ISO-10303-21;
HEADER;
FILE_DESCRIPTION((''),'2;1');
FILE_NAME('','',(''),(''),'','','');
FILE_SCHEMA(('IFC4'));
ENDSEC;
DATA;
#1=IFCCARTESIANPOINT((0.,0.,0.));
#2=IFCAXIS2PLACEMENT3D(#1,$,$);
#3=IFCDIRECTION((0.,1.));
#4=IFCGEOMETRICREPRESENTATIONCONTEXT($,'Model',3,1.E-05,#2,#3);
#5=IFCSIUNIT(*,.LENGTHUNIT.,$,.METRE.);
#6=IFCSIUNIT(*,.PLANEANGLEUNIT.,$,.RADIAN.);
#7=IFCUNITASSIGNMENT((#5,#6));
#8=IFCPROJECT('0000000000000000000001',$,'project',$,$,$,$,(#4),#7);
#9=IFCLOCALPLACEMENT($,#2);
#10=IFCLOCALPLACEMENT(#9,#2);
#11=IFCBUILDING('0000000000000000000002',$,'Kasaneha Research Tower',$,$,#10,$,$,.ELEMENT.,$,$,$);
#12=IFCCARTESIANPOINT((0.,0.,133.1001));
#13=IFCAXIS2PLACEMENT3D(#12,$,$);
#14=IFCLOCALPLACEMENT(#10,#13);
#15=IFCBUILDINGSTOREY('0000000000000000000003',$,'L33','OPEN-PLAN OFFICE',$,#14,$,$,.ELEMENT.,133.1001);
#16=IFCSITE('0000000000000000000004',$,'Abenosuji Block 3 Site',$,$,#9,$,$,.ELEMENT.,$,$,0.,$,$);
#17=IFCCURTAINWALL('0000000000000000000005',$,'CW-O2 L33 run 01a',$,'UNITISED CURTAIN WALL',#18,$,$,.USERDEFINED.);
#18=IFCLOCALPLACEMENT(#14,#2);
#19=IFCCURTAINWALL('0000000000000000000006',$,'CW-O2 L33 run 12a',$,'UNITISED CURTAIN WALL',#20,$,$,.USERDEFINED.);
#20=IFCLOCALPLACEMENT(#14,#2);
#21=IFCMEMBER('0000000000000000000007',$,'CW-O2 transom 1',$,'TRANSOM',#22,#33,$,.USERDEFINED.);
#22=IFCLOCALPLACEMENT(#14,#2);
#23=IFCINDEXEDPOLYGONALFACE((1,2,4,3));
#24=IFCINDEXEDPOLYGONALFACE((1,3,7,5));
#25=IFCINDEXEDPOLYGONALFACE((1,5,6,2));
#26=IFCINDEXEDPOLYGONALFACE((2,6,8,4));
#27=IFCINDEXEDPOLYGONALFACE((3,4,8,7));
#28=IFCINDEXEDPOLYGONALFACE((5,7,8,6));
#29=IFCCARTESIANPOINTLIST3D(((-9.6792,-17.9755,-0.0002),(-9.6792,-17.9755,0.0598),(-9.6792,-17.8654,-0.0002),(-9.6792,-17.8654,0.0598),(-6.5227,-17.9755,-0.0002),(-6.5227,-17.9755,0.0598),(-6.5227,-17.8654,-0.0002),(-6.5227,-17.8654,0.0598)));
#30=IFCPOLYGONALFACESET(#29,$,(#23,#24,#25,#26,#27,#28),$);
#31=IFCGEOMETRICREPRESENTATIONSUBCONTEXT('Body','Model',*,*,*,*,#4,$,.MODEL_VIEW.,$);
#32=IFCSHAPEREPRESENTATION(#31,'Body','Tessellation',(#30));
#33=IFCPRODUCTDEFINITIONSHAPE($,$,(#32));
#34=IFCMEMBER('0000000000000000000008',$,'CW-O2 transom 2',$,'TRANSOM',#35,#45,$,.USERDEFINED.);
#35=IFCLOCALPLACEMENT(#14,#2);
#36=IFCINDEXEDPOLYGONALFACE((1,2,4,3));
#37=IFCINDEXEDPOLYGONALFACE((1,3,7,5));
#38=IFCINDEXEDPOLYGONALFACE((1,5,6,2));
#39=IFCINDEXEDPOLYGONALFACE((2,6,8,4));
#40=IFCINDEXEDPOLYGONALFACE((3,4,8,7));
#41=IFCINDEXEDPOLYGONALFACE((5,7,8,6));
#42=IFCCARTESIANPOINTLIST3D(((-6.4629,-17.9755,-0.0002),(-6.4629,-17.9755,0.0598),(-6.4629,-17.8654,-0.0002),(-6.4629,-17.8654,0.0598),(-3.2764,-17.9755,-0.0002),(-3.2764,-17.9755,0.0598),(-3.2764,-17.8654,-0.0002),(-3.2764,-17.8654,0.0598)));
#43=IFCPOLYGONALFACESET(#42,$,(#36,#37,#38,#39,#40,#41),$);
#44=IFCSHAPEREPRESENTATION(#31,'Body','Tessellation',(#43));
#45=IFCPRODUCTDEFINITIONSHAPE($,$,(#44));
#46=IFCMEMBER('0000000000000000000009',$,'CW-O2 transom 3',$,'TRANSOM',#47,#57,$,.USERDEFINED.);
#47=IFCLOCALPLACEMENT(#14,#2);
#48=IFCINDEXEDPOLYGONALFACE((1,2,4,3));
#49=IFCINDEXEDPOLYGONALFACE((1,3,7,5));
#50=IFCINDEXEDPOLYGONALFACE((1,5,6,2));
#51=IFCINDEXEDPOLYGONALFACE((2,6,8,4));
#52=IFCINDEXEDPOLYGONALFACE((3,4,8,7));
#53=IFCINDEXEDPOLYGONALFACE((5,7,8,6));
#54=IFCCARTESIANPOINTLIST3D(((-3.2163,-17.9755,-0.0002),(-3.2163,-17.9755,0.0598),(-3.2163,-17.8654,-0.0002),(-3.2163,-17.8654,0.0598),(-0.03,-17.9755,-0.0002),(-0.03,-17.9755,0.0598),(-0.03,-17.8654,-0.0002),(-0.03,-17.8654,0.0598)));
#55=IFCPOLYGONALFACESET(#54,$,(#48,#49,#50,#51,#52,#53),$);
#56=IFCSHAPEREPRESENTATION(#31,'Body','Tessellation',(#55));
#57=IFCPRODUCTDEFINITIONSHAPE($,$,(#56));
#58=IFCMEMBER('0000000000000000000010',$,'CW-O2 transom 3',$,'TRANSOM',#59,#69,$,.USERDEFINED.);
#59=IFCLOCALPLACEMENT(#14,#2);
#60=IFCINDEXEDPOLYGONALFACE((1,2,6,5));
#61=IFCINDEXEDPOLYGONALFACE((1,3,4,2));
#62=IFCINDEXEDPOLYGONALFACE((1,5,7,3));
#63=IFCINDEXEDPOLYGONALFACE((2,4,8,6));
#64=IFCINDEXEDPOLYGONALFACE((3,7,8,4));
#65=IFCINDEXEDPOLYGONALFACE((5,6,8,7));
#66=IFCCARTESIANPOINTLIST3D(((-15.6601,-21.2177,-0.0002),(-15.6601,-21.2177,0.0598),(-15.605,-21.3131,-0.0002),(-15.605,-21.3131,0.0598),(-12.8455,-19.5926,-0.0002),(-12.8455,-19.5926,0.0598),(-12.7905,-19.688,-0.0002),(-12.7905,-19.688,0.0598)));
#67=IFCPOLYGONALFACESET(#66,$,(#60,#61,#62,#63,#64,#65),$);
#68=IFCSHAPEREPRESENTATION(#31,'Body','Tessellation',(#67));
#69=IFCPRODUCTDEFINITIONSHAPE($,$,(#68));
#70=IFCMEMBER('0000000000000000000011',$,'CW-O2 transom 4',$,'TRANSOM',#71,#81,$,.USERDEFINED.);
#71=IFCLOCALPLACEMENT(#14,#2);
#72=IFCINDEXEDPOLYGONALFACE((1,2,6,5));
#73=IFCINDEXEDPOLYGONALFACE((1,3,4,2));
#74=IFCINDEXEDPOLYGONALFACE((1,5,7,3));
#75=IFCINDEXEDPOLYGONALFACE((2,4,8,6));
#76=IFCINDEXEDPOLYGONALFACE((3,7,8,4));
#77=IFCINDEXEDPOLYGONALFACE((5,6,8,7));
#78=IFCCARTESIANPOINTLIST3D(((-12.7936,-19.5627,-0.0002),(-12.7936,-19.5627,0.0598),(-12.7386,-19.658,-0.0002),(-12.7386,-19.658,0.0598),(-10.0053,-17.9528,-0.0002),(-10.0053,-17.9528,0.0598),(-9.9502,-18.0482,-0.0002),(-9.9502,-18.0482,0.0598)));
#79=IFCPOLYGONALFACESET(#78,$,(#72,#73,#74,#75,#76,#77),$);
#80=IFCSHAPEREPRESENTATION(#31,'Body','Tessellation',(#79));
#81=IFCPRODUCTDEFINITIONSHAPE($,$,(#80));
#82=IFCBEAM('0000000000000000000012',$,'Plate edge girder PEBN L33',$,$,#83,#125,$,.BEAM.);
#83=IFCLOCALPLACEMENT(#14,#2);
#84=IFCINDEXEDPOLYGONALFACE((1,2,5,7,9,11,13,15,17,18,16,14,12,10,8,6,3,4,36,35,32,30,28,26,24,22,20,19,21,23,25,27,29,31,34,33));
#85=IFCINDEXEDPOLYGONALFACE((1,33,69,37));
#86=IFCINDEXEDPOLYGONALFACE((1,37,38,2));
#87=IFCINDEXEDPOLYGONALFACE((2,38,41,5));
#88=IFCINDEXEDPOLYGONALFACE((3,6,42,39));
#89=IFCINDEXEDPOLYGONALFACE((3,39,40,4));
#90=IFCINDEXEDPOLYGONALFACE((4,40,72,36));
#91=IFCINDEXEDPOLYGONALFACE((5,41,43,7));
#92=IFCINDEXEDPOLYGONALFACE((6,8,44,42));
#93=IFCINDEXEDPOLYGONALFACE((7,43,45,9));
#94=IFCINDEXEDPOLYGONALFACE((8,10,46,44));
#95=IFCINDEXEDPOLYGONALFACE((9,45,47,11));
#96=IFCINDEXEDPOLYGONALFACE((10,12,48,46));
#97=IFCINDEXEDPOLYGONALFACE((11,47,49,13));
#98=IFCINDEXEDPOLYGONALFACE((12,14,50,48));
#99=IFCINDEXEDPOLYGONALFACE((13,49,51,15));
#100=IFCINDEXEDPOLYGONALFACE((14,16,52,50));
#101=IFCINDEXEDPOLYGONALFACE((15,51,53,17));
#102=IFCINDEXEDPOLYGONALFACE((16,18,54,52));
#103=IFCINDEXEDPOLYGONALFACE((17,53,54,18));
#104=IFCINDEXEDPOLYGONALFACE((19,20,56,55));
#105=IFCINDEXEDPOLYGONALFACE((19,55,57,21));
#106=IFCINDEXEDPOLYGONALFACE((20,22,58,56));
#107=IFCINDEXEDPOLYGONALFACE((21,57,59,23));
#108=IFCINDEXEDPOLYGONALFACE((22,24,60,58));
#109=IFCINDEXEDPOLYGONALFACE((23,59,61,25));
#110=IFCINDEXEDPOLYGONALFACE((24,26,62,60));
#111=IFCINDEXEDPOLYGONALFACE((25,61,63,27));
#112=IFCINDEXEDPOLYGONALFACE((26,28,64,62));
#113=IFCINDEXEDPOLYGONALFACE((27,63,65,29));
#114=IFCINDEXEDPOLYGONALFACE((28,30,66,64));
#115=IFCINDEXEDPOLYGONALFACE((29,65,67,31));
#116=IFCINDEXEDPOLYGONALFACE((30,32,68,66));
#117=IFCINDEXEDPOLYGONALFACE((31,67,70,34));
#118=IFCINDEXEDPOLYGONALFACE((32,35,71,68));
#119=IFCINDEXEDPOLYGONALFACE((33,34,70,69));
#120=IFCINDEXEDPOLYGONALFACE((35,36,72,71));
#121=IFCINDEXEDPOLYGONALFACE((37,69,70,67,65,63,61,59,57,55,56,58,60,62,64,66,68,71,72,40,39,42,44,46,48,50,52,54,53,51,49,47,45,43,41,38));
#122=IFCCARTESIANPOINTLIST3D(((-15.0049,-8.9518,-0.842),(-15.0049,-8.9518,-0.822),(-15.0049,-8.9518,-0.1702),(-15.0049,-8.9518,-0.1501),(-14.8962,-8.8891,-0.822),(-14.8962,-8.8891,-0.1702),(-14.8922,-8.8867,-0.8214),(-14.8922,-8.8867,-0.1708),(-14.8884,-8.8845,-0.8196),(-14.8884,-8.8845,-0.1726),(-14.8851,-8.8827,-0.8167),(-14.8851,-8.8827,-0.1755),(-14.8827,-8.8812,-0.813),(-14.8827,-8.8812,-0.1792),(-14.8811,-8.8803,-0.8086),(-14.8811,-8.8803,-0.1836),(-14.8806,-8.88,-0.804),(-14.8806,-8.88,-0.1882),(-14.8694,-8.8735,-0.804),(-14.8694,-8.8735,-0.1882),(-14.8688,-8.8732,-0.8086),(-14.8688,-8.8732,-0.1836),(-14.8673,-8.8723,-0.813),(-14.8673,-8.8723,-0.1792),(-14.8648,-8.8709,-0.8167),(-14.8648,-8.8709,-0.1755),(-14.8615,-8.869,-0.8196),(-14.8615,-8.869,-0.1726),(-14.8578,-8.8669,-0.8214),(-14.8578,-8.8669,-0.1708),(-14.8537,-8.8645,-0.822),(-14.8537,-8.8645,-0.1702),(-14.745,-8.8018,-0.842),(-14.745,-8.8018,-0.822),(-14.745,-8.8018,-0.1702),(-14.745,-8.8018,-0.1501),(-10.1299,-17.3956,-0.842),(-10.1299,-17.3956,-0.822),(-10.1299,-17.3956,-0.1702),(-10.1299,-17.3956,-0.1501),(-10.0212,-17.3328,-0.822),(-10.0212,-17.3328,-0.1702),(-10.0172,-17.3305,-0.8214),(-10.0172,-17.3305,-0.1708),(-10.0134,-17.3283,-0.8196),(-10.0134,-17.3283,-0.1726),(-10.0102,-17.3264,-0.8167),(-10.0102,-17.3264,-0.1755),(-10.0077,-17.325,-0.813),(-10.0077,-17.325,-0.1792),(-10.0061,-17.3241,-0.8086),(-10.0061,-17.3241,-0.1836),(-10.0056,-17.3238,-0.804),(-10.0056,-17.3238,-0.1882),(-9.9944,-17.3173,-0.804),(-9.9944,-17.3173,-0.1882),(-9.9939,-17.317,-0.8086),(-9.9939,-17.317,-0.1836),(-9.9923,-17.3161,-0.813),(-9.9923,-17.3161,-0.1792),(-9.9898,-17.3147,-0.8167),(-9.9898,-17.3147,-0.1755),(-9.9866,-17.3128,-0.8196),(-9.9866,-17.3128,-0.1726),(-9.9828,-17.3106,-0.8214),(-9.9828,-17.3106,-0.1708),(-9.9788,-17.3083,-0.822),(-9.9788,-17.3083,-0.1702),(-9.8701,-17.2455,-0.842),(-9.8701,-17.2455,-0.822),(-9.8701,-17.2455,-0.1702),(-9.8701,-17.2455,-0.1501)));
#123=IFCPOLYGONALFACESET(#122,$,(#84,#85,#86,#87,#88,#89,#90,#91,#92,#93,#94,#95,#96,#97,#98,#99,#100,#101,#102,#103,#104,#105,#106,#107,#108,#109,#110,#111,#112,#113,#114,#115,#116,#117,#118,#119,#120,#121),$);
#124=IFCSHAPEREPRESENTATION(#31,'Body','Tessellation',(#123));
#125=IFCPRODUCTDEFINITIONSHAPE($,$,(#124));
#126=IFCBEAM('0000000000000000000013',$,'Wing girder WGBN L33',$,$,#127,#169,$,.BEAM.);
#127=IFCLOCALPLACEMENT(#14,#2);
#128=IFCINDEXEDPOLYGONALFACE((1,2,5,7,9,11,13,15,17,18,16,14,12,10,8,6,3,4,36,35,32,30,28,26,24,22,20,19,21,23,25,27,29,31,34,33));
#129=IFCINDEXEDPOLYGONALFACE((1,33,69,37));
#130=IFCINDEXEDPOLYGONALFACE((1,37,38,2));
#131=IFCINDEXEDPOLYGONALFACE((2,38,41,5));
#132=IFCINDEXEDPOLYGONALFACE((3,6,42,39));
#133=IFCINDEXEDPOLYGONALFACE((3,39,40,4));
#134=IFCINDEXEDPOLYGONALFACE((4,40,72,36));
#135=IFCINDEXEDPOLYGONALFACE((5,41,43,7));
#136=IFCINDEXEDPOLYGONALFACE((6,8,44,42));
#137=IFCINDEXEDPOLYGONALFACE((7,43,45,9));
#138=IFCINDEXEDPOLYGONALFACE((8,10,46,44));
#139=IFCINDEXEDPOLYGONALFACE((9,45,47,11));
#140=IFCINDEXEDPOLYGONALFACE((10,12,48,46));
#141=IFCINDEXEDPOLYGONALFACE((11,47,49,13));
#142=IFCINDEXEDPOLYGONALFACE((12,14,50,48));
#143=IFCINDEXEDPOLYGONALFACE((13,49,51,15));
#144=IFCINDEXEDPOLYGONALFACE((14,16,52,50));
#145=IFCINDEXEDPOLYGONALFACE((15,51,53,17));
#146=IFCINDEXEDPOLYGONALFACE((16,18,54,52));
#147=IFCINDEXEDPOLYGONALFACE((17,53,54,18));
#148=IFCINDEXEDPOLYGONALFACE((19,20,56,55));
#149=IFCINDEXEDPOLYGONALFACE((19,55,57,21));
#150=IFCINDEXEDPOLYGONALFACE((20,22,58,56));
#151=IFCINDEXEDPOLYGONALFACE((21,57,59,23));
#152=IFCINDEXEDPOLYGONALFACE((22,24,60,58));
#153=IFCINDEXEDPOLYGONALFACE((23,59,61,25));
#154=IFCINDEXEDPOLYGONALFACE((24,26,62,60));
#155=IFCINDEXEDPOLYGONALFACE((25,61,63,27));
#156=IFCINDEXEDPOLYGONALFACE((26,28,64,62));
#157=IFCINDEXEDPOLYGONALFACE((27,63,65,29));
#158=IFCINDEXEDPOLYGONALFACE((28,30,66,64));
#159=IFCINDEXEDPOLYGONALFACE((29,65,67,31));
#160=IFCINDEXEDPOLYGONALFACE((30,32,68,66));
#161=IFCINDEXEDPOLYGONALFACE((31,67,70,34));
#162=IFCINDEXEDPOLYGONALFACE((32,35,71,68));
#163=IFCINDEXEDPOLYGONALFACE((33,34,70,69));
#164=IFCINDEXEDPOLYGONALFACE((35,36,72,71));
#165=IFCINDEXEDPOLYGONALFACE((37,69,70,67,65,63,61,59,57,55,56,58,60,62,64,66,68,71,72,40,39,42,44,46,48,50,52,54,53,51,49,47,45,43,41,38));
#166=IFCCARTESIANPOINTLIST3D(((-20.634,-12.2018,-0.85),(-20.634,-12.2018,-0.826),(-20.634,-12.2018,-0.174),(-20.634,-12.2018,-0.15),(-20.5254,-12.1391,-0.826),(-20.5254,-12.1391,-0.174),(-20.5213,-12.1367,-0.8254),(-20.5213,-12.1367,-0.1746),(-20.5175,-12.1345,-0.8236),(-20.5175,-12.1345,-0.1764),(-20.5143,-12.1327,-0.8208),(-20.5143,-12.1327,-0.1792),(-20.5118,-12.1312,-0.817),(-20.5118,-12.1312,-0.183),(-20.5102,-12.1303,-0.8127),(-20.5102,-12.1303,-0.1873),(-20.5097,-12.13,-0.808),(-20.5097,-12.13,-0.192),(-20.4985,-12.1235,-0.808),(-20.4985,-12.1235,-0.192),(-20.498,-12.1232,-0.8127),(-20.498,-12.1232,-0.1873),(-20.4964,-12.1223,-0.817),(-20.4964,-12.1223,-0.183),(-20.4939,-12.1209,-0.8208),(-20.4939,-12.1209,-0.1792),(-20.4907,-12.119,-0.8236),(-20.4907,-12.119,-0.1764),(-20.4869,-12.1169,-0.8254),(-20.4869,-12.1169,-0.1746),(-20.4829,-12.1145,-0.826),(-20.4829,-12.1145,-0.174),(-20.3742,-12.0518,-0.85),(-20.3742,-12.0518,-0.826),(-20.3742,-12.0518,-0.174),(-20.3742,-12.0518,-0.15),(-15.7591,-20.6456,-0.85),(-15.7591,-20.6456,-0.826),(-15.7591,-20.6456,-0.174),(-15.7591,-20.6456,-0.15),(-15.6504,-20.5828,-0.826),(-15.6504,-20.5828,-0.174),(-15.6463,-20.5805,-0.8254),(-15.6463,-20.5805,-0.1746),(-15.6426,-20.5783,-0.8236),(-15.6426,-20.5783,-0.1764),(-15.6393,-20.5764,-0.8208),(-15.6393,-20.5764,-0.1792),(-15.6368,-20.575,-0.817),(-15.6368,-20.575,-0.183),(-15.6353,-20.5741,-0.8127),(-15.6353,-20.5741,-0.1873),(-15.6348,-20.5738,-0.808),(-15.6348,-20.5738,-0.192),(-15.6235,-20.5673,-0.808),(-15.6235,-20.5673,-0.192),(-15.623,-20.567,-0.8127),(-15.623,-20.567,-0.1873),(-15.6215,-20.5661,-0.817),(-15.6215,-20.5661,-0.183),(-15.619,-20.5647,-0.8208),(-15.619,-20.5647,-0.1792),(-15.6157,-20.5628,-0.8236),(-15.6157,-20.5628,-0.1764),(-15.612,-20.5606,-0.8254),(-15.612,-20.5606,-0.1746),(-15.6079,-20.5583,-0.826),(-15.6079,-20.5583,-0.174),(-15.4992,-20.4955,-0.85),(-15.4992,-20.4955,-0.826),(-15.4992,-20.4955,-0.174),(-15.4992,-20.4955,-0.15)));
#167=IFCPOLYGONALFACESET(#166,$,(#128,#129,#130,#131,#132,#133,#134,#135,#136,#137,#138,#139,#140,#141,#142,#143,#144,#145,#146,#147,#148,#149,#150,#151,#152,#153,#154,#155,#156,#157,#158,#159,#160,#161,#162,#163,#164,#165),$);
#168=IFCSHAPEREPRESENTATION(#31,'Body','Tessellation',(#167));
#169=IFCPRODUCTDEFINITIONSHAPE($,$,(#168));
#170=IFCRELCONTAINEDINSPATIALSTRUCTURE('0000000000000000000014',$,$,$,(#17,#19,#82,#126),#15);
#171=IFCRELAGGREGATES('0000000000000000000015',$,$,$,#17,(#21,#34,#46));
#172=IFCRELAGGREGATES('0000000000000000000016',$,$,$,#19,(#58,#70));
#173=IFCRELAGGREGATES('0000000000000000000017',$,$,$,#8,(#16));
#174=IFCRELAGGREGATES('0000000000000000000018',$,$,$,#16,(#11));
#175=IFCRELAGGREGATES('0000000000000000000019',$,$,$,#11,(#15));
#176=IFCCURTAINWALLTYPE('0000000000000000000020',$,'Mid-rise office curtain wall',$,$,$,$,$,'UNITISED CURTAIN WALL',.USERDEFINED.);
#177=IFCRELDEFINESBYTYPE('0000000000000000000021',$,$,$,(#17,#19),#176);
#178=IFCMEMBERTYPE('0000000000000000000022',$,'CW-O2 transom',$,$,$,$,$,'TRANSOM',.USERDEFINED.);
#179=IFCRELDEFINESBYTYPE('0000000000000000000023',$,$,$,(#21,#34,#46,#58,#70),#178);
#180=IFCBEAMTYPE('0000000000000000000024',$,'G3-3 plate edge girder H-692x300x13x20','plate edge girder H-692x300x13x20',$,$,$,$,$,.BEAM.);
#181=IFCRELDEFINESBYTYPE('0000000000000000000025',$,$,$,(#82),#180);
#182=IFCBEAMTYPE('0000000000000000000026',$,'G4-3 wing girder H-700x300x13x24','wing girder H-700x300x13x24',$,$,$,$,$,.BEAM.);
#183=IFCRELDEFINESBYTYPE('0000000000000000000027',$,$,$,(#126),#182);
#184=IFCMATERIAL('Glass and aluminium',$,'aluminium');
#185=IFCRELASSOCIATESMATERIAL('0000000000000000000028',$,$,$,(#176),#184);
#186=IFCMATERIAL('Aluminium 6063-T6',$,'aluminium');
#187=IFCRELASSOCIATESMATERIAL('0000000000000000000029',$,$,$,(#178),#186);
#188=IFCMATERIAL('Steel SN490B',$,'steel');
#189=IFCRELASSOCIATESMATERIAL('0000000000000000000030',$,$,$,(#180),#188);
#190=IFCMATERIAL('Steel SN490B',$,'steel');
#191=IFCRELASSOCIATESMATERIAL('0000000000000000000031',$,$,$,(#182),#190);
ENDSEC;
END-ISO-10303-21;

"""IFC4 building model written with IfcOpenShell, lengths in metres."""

from ifc_helpers import new_model, si_unit, direction, frame, origin, origin_2d, place, context, subcontext, project, spatial, rectangle, i_section, extrude, material, material_profile, profile_set, type_object, element, aggregate, save


model = new_model("IFC4")

# Units and contexts
model_context = context("Model", 3, precision=1e-05, world=origin(), true_north=direction((0.0, 1.0)))
body_context = subcontext(model_context, "Body", "Model", "MODEL_VIEW")
ifc_project = project(units=[si_unit("LENGTHUNIT", "METRE"), si_unit("PLANEANGLEUNIT", "RADIAN")], contexts=[model_context])

# Site, building, storey
site_placement = place(None, origin())
site = spatial("IfcSite", under=ifc_project, at=site_placement, Name="Abenosuji Block 3 Site", CompositionType="ELEMENT", RefElevation=0.0)
building_placement = place(site_placement, origin())
building = spatial("IfcBuilding", under=site, at=building_placement, Name="Kasaneha Research Tower", CompositionType="ELEMENT")
storey_placement = place(building_placement, frame((0.0, 0.0, 133.1001)))
storey = spatial("IfcBuildingStorey", under=building, at=storey_placement, Name="L33", Description="OPEN-PLAN OFFICE", CompositionType="ELEMENT", Elevation=133.1001)

# Curtain walls
ifc_material_1 = material(Name="Glass and aluminium", Category="aluminium")
curtain_wall_type = type_object("IfcCurtainWallType", Name="Mid-rise office curtain wall", ElementType="UNITISED CURTAIN WALL", PredefinedType="USERDEFINED", material=ifc_material_1)
curtain_wall_1_placement = place(storey_placement, origin())
curtain_wall_1 = element("IfcCurtainWall", 1, at=curtain_wall_1_placement, inside=storey, type_object=curtain_wall_type, Name="CW-O2 L33 run 01a", ObjectType="UNITISED CURTAIN WALL", PredefinedType="USERDEFINED")
curtain_wall_2_placement = place(storey_placement, origin())
curtain_wall_2 = element("IfcCurtainWall", 2, at=curtain_wall_2_placement, inside=storey, type_object=curtain_wall_type, Name="CW-O2 L33 run 12a", ObjectType="UNITISED CURTAIN WALL", PredefinedType="USERDEFINED")

# Members
ifc_material_2 = material(Name="Aluminium 6063-T6", Category="aluminium")
ifc_material_profile_1 = material_profile(ifc_material_2, rectangle(XDim=0.1101, YDim=0.0601, at=origin_2d()), Name="CW-O2 transom 110x60")
ifc_profile_set_1 = profile_set([ifc_material_profile_1], Name="Aluminium 6063-T6")
member_type_1 = type_object("IfcMemberType", Name="CW-O2 transom", ElementType="TRANSOM", PredefinedType="USERDEFINED", material=ifc_profile_set_1)
member_1_placement = place(storey_placement, frame((-9.6792, -17.9204, 0.0298), z_axis=(1.0, 0.0, 0.0), x_axis=(0.0, 1.0, 0.0)))
member_1 = element("IfcMember", 3, at=member_1_placement, type_object=member_type_1, Name="CW-O2 transom 1", ObjectType="TRANSOM", PredefinedType="USERDEFINED", context=body_context, shape_type="SweptSolid", body=[
    extrude(rectangle(XDim=0.1101, YDim=0.0601, at=origin_2d()), origin(), (0.0, 0.0, 1.0), 3.1565),
])
member_2_placement = place(storey_placement, frame((-6.4629, -17.9204, 0.0298), z_axis=(1.0, 0.0, 0.0), x_axis=(0.0, 1.0, 0.0)))
member_2 = element("IfcMember", 4, at=member_2_placement, type_object=member_type_1, Name="CW-O2 transom 2", ObjectType="TRANSOM", PredefinedType="USERDEFINED", context=body_context, shape_type="SweptSolid", body=[
    extrude(rectangle(XDim=0.1101, YDim=0.0601, at=origin_2d()), origin(), (0.0, 0.0, 1.0), 3.1865),
])
member_3_placement = place(storey_placement, frame((-3.2163, -17.9204, 0.0298), z_axis=(1.0, 0.0, 0.0), x_axis=(0.0, 1.0, 0.0)))
member_3 = element("IfcMember", 5, at=member_3_placement, type_object=member_type_1, Name="CW-O2 transom 3", ObjectType="TRANSOM", PredefinedType="USERDEFINED", context=body_context, shape_type="SweptSolid", body=[
    extrude(rectangle(XDim=0.1101, YDim=0.0601, at=origin_2d()), origin(), (0.0, 0.0, 1.0), 3.1863),
])
member_4_placement = place(storey_placement, frame((-15.6326, -21.2654, 0.0298), z_axis=(0.866015, 0.500017, 0.0), x_axis=(-0.500017, 0.866015, 0.0)))
member_4 = element("IfcMember", 6, at=member_4_placement, type_object=member_type_1, Name="CW-O2 transom 3", ObjectType="TRANSOM", PredefinedType="USERDEFINED", context=body_context, shape_type="SweptSolid", body=[
    extrude(rectangle(XDim=0.1101, YDim=0.0601, at=origin_2d()), origin(), (0.0, 0.0, 1.0), 3.25),
])
member_5_placement = place(storey_placement, frame((-12.7661, -19.6104, 0.0298), z_axis=(0.866023, 0.500005, 0.0), x_axis=(-0.500005, 0.866023, 0.0)))
member_5 = element("IfcMember", 7, at=member_5_placement, type_object=member_type_1, Name="CW-O2 transom 4", ObjectType="TRANSOM", PredefinedType="USERDEFINED", context=body_context, shape_type="SweptSolid", body=[
    extrude(rectangle(XDim=0.1101, YDim=0.0601, at=origin_2d()), origin(), (0.0, 0.0, 1.0), 3.2197),
])

# Beams
ifc_material_3 = material(Name="Steel SN490B", Category="steel")
ifc_material_profile_2 = material_profile(ifc_material_3, i_section(OverallWidth=0.3, OverallDepth=0.6919, WebThickness=0.0129, FlangeThickness=0.02, FilletRadius=0.0181, at=origin_2d()), Name="H-692x300x13x20")
ifc_profile_set_2 = profile_set([ifc_material_profile_2], Name="Steel SN490B")
beam_type_1 = type_object("IfcBeamType", Name="G3-3 plate edge girder H-692x300x13x20", Description="plate edge girder H-692x300x13x20", PredefinedType="BEAM", material=ifc_profile_set_2)
beam_1_placement = place(storey_placement, frame((-10.0, -17.3206, -0.4961), z_axis=(-0.499996, 0.866028, 0.0), x_axis=(-0.866028, -0.499996, 0.0)))
element("IfcBeam", 8, at=beam_1_placement, inside=storey, type_object=beam_type_1, Name="Plate edge girder PEBN L33", PredefinedType="BEAM", context=body_context, shape_type="SweptSolid", body=[
    extrude(i_section(OverallWidth=0.3, OverallDepth=0.6919, WebThickness=0.0129, FlangeThickness=0.02, FilletRadius=0.0181, at=origin_2d()), origin(), (0.0, 0.0, 1.0), 9.75),
])
ifc_material_4 = material(Name="Steel SN490B", Category="steel")
ifc_material_profile_3 = material_profile(ifc_material_4, i_section(OverallWidth=0.3, OverallDepth=0.7, WebThickness=0.0129, FlangeThickness=0.0239, FilletRadius=0.0181, at=origin_2d()), Name="H-700x300x13x24")
ifc_profile_set_3 = profile_set([ifc_material_profile_3], Name="Steel SN490B")
beam_type_2 = type_object("IfcBeamType", Name="G4-3 wing girder H-700x300x13x24", Description="wing girder H-700x300x13x24", PredefinedType="BEAM", material=ifc_profile_set_3)
beam_2_placement = place(storey_placement, frame((-15.6292, -20.5706, -0.5), z_axis=(-0.499996, 0.866028, 0.0), x_axis=(-0.866028, -0.499996, 0.0)))
element("IfcBeam", 9, at=beam_2_placement, inside=storey, type_object=beam_type_2, Name="Wing girder WGBN L33", PredefinedType="BEAM", context=body_context, shape_type="SweptSolid", body=[
    extrude(i_section(OverallWidth=0.3, OverallDepth=0.7, WebThickness=0.0129, FlangeThickness=0.0239, FilletRadius=0.0181, at=origin_2d()), origin(), (0.0, 0.0, 1.0), 9.75),
])

aggregate(curtain_wall_1, [member_1, member_2, member_3])
aggregate(curtain_wall_2, [member_4, member_5])

save(model, "model.ifc")
